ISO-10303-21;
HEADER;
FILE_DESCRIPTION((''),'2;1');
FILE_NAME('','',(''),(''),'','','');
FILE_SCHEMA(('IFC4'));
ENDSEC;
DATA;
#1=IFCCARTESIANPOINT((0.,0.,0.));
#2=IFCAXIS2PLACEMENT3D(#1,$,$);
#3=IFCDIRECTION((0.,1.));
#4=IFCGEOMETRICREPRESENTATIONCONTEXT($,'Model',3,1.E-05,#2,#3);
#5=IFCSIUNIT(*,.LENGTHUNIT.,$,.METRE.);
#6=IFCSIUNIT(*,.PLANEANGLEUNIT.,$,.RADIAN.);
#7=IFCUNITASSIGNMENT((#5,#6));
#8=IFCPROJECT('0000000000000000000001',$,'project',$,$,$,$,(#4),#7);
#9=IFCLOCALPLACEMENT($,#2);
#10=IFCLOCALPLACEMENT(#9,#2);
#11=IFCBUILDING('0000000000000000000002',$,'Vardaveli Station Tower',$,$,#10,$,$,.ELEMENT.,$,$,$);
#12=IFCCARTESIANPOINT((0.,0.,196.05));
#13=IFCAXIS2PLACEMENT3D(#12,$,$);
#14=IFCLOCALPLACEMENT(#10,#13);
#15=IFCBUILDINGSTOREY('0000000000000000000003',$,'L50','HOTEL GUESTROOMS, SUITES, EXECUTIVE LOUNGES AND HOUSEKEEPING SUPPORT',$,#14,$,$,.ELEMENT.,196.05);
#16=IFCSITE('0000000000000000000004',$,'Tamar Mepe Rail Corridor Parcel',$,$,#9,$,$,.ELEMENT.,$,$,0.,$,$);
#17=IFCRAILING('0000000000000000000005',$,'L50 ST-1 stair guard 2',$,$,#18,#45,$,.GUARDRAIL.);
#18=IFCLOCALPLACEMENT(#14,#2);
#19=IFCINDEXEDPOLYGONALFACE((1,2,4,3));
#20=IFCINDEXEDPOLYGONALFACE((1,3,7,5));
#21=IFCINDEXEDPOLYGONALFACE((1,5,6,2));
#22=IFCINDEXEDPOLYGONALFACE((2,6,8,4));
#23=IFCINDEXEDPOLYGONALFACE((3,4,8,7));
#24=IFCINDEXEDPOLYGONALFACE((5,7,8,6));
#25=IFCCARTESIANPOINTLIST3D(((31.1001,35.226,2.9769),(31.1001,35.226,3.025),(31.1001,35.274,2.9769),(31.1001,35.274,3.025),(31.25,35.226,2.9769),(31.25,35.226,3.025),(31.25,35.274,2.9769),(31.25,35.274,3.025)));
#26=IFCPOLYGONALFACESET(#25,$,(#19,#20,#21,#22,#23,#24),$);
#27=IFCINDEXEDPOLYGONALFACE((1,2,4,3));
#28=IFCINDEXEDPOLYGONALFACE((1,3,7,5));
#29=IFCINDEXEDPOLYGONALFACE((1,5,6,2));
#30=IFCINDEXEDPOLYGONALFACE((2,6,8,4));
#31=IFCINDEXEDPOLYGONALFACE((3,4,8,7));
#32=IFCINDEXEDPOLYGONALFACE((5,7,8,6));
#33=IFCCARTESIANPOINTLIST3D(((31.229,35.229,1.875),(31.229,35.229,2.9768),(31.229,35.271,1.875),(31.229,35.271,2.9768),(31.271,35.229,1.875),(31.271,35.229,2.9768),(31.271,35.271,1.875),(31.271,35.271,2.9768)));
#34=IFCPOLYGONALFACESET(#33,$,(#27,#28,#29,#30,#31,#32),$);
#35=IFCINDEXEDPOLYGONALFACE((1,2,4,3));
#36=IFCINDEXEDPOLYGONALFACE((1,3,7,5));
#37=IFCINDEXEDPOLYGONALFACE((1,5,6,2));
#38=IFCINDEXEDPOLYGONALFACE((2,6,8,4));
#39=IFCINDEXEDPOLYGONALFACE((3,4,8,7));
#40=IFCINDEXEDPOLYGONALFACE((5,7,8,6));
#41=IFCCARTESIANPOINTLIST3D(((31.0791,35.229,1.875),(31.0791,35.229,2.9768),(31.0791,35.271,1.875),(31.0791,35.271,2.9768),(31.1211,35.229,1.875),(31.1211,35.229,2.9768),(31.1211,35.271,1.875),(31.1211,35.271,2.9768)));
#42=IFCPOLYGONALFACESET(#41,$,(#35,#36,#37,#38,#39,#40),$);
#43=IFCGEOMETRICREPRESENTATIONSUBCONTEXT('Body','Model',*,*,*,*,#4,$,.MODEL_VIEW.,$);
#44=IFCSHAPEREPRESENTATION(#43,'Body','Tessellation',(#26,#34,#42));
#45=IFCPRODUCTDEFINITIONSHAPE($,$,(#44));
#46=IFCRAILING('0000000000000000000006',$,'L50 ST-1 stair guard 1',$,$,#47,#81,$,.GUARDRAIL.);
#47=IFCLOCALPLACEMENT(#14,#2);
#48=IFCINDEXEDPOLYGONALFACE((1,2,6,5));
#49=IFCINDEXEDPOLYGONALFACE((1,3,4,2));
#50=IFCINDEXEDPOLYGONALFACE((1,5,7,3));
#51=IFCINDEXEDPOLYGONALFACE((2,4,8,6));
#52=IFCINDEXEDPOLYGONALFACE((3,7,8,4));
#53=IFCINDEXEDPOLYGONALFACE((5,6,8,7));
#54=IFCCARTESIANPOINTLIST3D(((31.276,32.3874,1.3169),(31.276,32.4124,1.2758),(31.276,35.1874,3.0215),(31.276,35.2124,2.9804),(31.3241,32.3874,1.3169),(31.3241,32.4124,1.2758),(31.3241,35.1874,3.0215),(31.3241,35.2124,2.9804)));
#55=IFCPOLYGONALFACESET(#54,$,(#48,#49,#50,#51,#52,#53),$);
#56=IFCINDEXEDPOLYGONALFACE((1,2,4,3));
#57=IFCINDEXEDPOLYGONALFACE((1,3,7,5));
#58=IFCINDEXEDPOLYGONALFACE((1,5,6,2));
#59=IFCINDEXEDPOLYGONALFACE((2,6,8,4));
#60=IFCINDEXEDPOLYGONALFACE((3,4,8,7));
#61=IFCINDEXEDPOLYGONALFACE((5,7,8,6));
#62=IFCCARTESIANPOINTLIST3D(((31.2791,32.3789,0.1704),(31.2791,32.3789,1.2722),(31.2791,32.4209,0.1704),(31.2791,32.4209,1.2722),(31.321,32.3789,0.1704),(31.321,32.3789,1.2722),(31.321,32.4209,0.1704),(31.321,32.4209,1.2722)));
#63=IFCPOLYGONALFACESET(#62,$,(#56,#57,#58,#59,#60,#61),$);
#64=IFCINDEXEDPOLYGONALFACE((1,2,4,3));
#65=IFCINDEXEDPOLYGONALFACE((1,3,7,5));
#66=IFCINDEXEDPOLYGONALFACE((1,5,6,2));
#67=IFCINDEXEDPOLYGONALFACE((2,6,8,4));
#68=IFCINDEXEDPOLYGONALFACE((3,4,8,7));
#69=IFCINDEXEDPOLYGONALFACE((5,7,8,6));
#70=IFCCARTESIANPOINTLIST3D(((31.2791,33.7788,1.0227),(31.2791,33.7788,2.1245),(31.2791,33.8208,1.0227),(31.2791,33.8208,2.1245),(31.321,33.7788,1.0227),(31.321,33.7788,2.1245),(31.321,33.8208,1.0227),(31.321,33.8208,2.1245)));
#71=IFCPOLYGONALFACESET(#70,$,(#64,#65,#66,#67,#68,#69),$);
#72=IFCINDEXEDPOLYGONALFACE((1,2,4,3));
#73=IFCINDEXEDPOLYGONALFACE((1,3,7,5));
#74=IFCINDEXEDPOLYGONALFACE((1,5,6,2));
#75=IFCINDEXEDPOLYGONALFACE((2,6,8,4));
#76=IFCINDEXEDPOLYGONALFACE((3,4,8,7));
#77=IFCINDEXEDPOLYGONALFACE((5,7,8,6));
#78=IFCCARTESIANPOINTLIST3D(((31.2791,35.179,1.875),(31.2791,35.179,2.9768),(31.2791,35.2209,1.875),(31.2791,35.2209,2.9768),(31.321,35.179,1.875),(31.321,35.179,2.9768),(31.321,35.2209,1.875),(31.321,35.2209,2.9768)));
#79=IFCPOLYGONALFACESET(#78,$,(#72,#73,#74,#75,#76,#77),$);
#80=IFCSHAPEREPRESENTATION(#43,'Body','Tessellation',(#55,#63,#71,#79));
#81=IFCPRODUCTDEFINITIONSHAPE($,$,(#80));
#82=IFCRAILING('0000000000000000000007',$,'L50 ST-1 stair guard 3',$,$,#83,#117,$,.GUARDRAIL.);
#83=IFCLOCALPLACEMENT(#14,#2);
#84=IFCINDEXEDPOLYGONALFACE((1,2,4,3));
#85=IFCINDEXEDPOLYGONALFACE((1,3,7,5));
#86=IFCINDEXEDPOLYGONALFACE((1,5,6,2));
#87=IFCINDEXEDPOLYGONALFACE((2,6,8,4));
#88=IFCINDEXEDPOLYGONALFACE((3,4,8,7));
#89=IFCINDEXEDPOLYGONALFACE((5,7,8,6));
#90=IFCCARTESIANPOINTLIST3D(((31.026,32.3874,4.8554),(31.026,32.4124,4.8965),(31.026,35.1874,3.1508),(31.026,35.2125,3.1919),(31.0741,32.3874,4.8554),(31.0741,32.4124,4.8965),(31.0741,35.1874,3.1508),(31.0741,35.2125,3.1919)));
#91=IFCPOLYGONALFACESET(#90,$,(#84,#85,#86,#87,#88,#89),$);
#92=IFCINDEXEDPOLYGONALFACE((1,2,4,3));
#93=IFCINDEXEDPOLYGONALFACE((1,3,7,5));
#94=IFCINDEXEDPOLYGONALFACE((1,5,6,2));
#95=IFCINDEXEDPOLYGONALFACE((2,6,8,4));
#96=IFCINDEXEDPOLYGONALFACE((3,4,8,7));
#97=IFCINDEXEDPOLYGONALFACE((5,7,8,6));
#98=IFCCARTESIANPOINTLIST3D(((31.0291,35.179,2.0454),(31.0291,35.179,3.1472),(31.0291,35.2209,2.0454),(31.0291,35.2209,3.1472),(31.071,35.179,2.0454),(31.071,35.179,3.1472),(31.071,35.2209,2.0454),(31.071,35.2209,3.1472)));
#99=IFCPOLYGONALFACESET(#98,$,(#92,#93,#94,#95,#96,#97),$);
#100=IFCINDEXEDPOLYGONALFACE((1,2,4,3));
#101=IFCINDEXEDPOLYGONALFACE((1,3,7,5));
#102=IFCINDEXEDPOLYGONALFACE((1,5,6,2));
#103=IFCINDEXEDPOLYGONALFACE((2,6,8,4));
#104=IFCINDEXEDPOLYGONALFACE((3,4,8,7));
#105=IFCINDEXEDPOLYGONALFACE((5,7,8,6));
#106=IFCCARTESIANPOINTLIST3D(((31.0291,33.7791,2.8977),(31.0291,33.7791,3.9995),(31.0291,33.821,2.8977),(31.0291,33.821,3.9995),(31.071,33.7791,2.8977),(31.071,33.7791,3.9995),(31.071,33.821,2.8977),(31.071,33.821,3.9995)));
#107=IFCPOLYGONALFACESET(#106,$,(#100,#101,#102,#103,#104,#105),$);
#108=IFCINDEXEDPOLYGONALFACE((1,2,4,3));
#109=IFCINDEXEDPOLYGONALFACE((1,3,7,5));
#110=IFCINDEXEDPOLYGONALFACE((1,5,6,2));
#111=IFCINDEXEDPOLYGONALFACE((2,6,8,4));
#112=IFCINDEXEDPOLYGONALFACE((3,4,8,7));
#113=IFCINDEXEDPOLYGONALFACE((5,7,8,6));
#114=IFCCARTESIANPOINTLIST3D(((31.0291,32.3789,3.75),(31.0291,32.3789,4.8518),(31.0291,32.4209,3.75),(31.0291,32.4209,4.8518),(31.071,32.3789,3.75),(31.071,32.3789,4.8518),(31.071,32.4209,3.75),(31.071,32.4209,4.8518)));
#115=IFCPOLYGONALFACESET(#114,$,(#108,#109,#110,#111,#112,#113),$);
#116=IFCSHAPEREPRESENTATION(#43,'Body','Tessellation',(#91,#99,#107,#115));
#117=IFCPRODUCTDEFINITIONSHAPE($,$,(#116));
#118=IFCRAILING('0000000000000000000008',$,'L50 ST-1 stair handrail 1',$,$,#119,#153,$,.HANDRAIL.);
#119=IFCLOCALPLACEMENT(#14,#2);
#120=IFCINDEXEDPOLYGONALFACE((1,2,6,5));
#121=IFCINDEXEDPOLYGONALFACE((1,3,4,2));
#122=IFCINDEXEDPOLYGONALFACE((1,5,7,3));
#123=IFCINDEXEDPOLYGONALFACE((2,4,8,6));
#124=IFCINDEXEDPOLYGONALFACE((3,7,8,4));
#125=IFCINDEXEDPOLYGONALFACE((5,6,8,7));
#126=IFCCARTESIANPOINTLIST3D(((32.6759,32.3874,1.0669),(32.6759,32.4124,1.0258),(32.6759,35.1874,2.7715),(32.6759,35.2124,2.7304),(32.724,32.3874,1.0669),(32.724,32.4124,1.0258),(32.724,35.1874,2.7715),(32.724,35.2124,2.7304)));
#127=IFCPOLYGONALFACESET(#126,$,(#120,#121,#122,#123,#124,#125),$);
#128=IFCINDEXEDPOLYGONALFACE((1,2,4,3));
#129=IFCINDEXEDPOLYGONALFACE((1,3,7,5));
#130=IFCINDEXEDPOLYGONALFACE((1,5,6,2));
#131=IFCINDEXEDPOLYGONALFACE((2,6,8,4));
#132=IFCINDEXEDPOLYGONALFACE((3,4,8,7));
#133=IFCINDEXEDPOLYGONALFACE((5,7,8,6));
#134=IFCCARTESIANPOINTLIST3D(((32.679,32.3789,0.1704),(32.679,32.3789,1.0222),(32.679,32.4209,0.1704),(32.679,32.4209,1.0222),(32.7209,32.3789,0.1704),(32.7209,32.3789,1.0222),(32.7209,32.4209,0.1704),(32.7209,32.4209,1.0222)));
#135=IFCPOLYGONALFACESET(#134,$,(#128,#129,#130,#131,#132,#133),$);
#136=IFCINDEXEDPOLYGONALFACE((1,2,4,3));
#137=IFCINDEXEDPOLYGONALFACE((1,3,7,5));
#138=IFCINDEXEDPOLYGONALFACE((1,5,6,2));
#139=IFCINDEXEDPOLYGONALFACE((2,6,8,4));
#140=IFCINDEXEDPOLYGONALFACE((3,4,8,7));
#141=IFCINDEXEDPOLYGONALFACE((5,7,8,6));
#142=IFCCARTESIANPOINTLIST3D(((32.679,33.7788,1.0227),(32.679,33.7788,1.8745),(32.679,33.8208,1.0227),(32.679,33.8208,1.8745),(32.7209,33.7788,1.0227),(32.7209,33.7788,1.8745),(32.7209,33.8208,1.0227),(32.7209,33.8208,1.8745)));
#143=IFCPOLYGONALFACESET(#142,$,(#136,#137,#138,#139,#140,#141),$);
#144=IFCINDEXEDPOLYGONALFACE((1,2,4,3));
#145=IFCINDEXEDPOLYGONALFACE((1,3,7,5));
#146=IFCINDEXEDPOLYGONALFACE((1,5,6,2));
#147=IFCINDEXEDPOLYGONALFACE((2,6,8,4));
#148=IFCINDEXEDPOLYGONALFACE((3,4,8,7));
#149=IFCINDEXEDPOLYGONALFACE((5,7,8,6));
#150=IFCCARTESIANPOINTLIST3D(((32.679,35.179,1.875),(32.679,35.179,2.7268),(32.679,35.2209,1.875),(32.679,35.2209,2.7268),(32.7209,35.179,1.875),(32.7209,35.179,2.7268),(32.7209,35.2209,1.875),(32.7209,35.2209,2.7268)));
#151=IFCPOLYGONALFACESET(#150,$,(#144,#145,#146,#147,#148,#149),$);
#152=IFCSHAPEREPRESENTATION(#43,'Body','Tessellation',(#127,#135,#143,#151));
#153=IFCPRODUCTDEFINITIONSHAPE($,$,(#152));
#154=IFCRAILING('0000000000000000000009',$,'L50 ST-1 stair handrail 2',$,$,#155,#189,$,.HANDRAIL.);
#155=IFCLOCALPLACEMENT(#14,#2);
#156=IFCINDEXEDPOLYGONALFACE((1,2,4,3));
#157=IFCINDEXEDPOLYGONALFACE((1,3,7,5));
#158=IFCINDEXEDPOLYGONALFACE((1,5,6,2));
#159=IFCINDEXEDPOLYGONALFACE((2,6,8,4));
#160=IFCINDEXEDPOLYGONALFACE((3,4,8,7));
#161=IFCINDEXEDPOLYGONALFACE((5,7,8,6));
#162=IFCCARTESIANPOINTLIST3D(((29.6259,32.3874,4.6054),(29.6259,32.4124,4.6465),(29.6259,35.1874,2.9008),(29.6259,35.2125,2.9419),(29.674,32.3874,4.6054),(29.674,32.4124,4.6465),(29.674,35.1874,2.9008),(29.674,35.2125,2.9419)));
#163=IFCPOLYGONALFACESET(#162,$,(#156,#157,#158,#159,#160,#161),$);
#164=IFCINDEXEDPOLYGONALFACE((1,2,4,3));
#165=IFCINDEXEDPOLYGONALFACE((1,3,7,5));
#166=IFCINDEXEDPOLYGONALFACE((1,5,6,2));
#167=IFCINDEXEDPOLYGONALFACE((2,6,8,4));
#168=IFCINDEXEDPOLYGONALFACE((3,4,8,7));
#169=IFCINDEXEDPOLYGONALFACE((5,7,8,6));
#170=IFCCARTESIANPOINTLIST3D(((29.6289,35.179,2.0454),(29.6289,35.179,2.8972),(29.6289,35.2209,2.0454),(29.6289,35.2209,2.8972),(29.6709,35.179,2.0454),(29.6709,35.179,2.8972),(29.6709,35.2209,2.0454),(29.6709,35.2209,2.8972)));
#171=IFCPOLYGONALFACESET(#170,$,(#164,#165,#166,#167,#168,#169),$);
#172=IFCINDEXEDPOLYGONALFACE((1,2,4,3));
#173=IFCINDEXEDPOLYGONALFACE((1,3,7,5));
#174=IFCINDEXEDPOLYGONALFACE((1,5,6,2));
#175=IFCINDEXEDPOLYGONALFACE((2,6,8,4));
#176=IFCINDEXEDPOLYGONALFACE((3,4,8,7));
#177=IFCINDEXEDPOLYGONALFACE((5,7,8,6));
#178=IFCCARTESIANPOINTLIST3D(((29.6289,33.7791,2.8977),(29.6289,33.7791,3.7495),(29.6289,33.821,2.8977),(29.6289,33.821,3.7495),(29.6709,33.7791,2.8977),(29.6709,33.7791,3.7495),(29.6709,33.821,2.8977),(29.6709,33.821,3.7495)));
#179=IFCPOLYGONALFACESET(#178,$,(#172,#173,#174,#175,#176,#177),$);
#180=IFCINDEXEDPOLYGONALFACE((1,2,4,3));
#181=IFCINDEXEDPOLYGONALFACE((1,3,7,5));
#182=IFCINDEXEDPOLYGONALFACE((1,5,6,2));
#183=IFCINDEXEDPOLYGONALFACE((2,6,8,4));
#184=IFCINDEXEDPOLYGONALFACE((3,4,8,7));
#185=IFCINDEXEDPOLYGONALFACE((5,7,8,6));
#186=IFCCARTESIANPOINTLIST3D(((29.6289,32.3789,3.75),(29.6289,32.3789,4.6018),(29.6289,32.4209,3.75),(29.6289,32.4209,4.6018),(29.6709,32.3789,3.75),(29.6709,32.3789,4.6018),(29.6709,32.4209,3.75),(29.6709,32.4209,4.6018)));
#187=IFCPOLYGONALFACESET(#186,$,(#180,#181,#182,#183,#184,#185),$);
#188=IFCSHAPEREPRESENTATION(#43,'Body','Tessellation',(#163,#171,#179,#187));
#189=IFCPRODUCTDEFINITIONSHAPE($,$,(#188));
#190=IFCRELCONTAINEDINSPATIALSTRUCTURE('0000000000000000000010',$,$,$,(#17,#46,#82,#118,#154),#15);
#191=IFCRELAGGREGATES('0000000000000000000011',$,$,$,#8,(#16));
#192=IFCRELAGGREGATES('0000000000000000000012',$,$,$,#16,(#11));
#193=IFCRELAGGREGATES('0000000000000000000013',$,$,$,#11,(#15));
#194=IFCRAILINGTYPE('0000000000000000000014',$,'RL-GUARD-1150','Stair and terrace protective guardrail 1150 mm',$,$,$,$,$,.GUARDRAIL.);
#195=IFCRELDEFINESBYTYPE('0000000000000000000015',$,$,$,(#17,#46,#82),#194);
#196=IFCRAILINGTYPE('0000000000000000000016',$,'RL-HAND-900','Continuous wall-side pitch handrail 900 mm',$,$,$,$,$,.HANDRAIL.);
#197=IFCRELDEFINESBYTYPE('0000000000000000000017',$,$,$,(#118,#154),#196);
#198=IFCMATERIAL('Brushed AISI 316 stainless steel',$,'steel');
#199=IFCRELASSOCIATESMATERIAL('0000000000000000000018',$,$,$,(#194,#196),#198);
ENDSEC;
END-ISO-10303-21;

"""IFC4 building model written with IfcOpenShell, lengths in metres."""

from ifc_helpers import new_model, si_unit, direction, frame, origin, origin_2d, place, context, subcontext, project, spatial, rectangle, extrude, source, transform, mapped, material, type_object, element, save


model = new_model("IFC4")

# Units and contexts
model_context = context("Model", 3, precision=1e-05, world=origin(), true_north=direction((0.0, 1.0)))
body_context = subcontext(model_context, "Body", "Model", "MODEL_VIEW")
ifc_project = project(units=[si_unit("LENGTHUNIT", "METRE"), si_unit("PLANEANGLEUNIT", "RADIAN")], contexts=[model_context])

# Site, building, storey
site_placement = place(None, origin())
site = spatial("IfcSite", under=ifc_project, at=site_placement, Name="Tamar Mepe Rail Corridor Parcel", CompositionType="ELEMENT", RefElevation=0.0)
building_placement = place(site_placement, origin())
building = spatial("IfcBuilding", under=site, at=building_placement, Name="Vardaveli Station Tower", CompositionType="ELEMENT")
storey_placement = place(building_placement, frame((0.0, 0.0, 196.05)))
storey = spatial("IfcBuildingStorey", under=building, at=storey_placement, Name="L50", Description="HOTEL GUESTROOMS, SUITES, EXECUTIVE LOUNGES AND HOUSEKEEPING SUPPORT", CompositionType="ELEMENT", Elevation=196.05)

# Railings
ifc_material_1 = material(Name="Brushed AISI 316 stainless steel", Category="steel")
railing_type_1 = type_object("IfcRailingType", Name="RL-GUARD-1150", Description="Stair and terrace protective guardrail 1150 mm", PredefinedType="GUARDRAIL", material=ifc_material_1)
shared_shape_1 = source(origin(), body_context, "Body", "SweptSolid", [
    extrude(rectangle(XDim=0.0481, YDim=0.0481, at=origin_2d()), frame((0.0, 0.0, 1.126), z_axis=(-1.0, 0.0, 0.0), x_axis=(0.0, -1.0, 0.0)), (0.0, 0.0, 1.0), 0.1499),
    extrude(rectangle(XDim=0.042, YDim=0.042, at=origin_2d()), origin(), (0.0, 0.0, 1.0), 1.1018),
    extrude(rectangle(XDim=0.042, YDim=0.042, at=origin_2d()), frame((-0.1499, 0.0, 0.0)), (0.0, 0.0, 1.0), 1.1018),
])
railing_1_placement = place(storey_placement, frame((31.25, 35.25, 1.875)))
element("IfcRailing", 1, at=railing_1_placement, inside=storey, type_object=railing_type_1, Name="L50 ST-1 stair guard 2", PredefinedType="GUARDRAIL", context=body_context, shape_type="MappedRepresentation", body=[
    mapped(shared_shape_1, transform((0.0, 0.0, 0.0), scale=1.0)),
])
shared_shape_2 = source(origin(), body_context, "Body", "SweptSolid", [
    extrude(rectangle(XDim=0.0481, YDim=0.0481, at=origin_2d()), frame((0.0, 0.0, 1.126), z_axis=(0.0, 0.85417, 0.519994), x_axis=(-1.0, 0.0, 0.0)), (0.0, 0.0, 1.0), 3.2781),
    extrude(rectangle(XDim=0.042, YDim=0.042, at=origin_2d()), origin(), (0.0, 0.0, 1.0), 1.1018),
    extrude(rectangle(XDim=0.042, YDim=0.042, at=origin_2d()), frame((0.0, 1.3999, 0.8523)), (0.0, 0.0, 1.0), 1.1018),
    extrude(rectangle(XDim=0.042, YDim=0.042, at=origin_2d()), frame((0.0, 2.8, 1.7046)), (0.0, 0.0, 1.0), 1.1018),
])
railing_2_placement = place(storey_placement, frame((31.3, 32.3999, 0.1704)))
element("IfcRailing", 2, at=railing_2_placement, inside=storey, type_object=railing_type_1, Name="L50 ST-1 stair guard 1", PredefinedType="GUARDRAIL", context=body_context, shape_type="MappedRepresentation", body=[
    mapped(shared_shape_2, transform((0.0, 0.0, 0.0), scale=1.0)),
])
shared_shape_3 = source(origin(), body_context, "Body", "SweptSolid", [
    extrude(rectangle(XDim=0.0481, YDim=0.0481, at=origin_2d()), frame((0.0, 0.0, 1.126), z_axis=(0.0, -0.85417, 0.519994), x_axis=(1.0, 0.0, 0.0)), (0.0, 0.0, 1.0), 3.2781),
    extrude(rectangle(XDim=0.042, YDim=0.042, at=origin_2d()), origin(), (0.0, 0.0, 1.0), 1.1018),
    extrude(rectangle(XDim=0.042, YDim=0.042, at=origin_2d()), frame((0.0, -1.3999, 0.8523)), (0.0, 0.0, 1.0), 1.1018),
    extrude(rectangle(XDim=0.042, YDim=0.042, at=origin_2d()), frame((0.0, -2.8, 1.7046)), (0.0, 0.0, 1.0), 1.1018),
])
railing_3_placement = place(storey_placement, frame((31.05, 35.2, 2.0454)))
element("IfcRailing", 3, at=railing_3_placement, inside=storey, type_object=railing_type_1, Name="L50 ST-1 stair guard 3", PredefinedType="GUARDRAIL", context=body_context, shape_type="MappedRepresentation", body=[
    mapped(shared_shape_3, transform((0.0, 0.0, 0.0), scale=1.0)),
])
railing_type_2 = type_object("IfcRailingType", Name="RL-HAND-900", Description="Continuous wall-side pitch handrail 900 mm", PredefinedType="HANDRAIL", material=ifc_material_1)
shared_shape_4 = source(origin(), body_context, "Body", "SweptSolid", [
    extrude(rectangle(XDim=0.0481, YDim=0.0481, at=origin_2d()), frame((0.0, 0.0, 0.876), z_axis=(0.0, 0.85417, 0.519994), x_axis=(-1.0, 0.0, 0.0)), (0.0, 0.0, 1.0), 3.2781),
    extrude(rectangle(XDim=0.042, YDim=0.042, at=origin_2d()), origin(), (0.0, 0.0, 1.0), 0.8518),
    extrude(rectangle(XDim=0.042, YDim=0.042, at=origin_2d()), frame((0.0, 1.3999, 0.8523)), (0.0, 0.0, 1.0), 0.8518),
    extrude(rectangle(XDim=0.042, YDim=0.042, at=origin_2d()), frame((0.0, 2.8, 1.7046)), (0.0, 0.0, 1.0), 0.8518),
])
railing_4_placement = place(storey_placement, frame((32.7, 32.3999, 0.1704)))
element("IfcRailing", 4, at=railing_4_placement, inside=storey, type_object=railing_type_2, Name="L50 ST-1 stair handrail 1", PredefinedType="HANDRAIL", context=body_context, shape_type="MappedRepresentation", body=[
    mapped(shared_shape_4, transform((0.0, 0.0, 0.0), scale=1.0)),
])
shared_shape_5 = source(origin(), body_context, "Body", "SweptSolid", [
    extrude(rectangle(XDim=0.0481, YDim=0.0481, at=origin_2d()), frame((0.0, 0.0, 0.876), z_axis=(0.0, -0.85417, 0.519994), x_axis=(1.0, 0.0, 0.0)), (0.0, 0.0, 1.0), 3.2781),
    extrude(rectangle(XDim=0.042, YDim=0.042, at=origin_2d()), origin(), (0.0, 0.0, 1.0), 0.8518),
    extrude(rectangle(XDim=0.042, YDim=0.042, at=origin_2d()), frame((0.0, -1.3999, 0.8523)), (0.0, 0.0, 1.0), 0.8518),
    extrude(rectangle(XDim=0.042, YDim=0.042, at=origin_2d()), frame((0.0, -2.8, 1.7046)), (0.0, 0.0, 1.0), 0.8518),
])
railing_5_placement = place(storey_placement, frame((29.6499, 35.2, 2.0454)))
element("IfcRailing", 5, at=railing_5_placement, inside=storey, type_object=railing_type_2, Name="L50 ST-1 stair handrail 2", PredefinedType="HANDRAIL", context=body_context, shape_type="MappedRepresentation", body=[
    mapped(shared_shape_5, transform((0.0, 0.0, 0.0), scale=1.0)),
])

save(model, "model.ifc")
